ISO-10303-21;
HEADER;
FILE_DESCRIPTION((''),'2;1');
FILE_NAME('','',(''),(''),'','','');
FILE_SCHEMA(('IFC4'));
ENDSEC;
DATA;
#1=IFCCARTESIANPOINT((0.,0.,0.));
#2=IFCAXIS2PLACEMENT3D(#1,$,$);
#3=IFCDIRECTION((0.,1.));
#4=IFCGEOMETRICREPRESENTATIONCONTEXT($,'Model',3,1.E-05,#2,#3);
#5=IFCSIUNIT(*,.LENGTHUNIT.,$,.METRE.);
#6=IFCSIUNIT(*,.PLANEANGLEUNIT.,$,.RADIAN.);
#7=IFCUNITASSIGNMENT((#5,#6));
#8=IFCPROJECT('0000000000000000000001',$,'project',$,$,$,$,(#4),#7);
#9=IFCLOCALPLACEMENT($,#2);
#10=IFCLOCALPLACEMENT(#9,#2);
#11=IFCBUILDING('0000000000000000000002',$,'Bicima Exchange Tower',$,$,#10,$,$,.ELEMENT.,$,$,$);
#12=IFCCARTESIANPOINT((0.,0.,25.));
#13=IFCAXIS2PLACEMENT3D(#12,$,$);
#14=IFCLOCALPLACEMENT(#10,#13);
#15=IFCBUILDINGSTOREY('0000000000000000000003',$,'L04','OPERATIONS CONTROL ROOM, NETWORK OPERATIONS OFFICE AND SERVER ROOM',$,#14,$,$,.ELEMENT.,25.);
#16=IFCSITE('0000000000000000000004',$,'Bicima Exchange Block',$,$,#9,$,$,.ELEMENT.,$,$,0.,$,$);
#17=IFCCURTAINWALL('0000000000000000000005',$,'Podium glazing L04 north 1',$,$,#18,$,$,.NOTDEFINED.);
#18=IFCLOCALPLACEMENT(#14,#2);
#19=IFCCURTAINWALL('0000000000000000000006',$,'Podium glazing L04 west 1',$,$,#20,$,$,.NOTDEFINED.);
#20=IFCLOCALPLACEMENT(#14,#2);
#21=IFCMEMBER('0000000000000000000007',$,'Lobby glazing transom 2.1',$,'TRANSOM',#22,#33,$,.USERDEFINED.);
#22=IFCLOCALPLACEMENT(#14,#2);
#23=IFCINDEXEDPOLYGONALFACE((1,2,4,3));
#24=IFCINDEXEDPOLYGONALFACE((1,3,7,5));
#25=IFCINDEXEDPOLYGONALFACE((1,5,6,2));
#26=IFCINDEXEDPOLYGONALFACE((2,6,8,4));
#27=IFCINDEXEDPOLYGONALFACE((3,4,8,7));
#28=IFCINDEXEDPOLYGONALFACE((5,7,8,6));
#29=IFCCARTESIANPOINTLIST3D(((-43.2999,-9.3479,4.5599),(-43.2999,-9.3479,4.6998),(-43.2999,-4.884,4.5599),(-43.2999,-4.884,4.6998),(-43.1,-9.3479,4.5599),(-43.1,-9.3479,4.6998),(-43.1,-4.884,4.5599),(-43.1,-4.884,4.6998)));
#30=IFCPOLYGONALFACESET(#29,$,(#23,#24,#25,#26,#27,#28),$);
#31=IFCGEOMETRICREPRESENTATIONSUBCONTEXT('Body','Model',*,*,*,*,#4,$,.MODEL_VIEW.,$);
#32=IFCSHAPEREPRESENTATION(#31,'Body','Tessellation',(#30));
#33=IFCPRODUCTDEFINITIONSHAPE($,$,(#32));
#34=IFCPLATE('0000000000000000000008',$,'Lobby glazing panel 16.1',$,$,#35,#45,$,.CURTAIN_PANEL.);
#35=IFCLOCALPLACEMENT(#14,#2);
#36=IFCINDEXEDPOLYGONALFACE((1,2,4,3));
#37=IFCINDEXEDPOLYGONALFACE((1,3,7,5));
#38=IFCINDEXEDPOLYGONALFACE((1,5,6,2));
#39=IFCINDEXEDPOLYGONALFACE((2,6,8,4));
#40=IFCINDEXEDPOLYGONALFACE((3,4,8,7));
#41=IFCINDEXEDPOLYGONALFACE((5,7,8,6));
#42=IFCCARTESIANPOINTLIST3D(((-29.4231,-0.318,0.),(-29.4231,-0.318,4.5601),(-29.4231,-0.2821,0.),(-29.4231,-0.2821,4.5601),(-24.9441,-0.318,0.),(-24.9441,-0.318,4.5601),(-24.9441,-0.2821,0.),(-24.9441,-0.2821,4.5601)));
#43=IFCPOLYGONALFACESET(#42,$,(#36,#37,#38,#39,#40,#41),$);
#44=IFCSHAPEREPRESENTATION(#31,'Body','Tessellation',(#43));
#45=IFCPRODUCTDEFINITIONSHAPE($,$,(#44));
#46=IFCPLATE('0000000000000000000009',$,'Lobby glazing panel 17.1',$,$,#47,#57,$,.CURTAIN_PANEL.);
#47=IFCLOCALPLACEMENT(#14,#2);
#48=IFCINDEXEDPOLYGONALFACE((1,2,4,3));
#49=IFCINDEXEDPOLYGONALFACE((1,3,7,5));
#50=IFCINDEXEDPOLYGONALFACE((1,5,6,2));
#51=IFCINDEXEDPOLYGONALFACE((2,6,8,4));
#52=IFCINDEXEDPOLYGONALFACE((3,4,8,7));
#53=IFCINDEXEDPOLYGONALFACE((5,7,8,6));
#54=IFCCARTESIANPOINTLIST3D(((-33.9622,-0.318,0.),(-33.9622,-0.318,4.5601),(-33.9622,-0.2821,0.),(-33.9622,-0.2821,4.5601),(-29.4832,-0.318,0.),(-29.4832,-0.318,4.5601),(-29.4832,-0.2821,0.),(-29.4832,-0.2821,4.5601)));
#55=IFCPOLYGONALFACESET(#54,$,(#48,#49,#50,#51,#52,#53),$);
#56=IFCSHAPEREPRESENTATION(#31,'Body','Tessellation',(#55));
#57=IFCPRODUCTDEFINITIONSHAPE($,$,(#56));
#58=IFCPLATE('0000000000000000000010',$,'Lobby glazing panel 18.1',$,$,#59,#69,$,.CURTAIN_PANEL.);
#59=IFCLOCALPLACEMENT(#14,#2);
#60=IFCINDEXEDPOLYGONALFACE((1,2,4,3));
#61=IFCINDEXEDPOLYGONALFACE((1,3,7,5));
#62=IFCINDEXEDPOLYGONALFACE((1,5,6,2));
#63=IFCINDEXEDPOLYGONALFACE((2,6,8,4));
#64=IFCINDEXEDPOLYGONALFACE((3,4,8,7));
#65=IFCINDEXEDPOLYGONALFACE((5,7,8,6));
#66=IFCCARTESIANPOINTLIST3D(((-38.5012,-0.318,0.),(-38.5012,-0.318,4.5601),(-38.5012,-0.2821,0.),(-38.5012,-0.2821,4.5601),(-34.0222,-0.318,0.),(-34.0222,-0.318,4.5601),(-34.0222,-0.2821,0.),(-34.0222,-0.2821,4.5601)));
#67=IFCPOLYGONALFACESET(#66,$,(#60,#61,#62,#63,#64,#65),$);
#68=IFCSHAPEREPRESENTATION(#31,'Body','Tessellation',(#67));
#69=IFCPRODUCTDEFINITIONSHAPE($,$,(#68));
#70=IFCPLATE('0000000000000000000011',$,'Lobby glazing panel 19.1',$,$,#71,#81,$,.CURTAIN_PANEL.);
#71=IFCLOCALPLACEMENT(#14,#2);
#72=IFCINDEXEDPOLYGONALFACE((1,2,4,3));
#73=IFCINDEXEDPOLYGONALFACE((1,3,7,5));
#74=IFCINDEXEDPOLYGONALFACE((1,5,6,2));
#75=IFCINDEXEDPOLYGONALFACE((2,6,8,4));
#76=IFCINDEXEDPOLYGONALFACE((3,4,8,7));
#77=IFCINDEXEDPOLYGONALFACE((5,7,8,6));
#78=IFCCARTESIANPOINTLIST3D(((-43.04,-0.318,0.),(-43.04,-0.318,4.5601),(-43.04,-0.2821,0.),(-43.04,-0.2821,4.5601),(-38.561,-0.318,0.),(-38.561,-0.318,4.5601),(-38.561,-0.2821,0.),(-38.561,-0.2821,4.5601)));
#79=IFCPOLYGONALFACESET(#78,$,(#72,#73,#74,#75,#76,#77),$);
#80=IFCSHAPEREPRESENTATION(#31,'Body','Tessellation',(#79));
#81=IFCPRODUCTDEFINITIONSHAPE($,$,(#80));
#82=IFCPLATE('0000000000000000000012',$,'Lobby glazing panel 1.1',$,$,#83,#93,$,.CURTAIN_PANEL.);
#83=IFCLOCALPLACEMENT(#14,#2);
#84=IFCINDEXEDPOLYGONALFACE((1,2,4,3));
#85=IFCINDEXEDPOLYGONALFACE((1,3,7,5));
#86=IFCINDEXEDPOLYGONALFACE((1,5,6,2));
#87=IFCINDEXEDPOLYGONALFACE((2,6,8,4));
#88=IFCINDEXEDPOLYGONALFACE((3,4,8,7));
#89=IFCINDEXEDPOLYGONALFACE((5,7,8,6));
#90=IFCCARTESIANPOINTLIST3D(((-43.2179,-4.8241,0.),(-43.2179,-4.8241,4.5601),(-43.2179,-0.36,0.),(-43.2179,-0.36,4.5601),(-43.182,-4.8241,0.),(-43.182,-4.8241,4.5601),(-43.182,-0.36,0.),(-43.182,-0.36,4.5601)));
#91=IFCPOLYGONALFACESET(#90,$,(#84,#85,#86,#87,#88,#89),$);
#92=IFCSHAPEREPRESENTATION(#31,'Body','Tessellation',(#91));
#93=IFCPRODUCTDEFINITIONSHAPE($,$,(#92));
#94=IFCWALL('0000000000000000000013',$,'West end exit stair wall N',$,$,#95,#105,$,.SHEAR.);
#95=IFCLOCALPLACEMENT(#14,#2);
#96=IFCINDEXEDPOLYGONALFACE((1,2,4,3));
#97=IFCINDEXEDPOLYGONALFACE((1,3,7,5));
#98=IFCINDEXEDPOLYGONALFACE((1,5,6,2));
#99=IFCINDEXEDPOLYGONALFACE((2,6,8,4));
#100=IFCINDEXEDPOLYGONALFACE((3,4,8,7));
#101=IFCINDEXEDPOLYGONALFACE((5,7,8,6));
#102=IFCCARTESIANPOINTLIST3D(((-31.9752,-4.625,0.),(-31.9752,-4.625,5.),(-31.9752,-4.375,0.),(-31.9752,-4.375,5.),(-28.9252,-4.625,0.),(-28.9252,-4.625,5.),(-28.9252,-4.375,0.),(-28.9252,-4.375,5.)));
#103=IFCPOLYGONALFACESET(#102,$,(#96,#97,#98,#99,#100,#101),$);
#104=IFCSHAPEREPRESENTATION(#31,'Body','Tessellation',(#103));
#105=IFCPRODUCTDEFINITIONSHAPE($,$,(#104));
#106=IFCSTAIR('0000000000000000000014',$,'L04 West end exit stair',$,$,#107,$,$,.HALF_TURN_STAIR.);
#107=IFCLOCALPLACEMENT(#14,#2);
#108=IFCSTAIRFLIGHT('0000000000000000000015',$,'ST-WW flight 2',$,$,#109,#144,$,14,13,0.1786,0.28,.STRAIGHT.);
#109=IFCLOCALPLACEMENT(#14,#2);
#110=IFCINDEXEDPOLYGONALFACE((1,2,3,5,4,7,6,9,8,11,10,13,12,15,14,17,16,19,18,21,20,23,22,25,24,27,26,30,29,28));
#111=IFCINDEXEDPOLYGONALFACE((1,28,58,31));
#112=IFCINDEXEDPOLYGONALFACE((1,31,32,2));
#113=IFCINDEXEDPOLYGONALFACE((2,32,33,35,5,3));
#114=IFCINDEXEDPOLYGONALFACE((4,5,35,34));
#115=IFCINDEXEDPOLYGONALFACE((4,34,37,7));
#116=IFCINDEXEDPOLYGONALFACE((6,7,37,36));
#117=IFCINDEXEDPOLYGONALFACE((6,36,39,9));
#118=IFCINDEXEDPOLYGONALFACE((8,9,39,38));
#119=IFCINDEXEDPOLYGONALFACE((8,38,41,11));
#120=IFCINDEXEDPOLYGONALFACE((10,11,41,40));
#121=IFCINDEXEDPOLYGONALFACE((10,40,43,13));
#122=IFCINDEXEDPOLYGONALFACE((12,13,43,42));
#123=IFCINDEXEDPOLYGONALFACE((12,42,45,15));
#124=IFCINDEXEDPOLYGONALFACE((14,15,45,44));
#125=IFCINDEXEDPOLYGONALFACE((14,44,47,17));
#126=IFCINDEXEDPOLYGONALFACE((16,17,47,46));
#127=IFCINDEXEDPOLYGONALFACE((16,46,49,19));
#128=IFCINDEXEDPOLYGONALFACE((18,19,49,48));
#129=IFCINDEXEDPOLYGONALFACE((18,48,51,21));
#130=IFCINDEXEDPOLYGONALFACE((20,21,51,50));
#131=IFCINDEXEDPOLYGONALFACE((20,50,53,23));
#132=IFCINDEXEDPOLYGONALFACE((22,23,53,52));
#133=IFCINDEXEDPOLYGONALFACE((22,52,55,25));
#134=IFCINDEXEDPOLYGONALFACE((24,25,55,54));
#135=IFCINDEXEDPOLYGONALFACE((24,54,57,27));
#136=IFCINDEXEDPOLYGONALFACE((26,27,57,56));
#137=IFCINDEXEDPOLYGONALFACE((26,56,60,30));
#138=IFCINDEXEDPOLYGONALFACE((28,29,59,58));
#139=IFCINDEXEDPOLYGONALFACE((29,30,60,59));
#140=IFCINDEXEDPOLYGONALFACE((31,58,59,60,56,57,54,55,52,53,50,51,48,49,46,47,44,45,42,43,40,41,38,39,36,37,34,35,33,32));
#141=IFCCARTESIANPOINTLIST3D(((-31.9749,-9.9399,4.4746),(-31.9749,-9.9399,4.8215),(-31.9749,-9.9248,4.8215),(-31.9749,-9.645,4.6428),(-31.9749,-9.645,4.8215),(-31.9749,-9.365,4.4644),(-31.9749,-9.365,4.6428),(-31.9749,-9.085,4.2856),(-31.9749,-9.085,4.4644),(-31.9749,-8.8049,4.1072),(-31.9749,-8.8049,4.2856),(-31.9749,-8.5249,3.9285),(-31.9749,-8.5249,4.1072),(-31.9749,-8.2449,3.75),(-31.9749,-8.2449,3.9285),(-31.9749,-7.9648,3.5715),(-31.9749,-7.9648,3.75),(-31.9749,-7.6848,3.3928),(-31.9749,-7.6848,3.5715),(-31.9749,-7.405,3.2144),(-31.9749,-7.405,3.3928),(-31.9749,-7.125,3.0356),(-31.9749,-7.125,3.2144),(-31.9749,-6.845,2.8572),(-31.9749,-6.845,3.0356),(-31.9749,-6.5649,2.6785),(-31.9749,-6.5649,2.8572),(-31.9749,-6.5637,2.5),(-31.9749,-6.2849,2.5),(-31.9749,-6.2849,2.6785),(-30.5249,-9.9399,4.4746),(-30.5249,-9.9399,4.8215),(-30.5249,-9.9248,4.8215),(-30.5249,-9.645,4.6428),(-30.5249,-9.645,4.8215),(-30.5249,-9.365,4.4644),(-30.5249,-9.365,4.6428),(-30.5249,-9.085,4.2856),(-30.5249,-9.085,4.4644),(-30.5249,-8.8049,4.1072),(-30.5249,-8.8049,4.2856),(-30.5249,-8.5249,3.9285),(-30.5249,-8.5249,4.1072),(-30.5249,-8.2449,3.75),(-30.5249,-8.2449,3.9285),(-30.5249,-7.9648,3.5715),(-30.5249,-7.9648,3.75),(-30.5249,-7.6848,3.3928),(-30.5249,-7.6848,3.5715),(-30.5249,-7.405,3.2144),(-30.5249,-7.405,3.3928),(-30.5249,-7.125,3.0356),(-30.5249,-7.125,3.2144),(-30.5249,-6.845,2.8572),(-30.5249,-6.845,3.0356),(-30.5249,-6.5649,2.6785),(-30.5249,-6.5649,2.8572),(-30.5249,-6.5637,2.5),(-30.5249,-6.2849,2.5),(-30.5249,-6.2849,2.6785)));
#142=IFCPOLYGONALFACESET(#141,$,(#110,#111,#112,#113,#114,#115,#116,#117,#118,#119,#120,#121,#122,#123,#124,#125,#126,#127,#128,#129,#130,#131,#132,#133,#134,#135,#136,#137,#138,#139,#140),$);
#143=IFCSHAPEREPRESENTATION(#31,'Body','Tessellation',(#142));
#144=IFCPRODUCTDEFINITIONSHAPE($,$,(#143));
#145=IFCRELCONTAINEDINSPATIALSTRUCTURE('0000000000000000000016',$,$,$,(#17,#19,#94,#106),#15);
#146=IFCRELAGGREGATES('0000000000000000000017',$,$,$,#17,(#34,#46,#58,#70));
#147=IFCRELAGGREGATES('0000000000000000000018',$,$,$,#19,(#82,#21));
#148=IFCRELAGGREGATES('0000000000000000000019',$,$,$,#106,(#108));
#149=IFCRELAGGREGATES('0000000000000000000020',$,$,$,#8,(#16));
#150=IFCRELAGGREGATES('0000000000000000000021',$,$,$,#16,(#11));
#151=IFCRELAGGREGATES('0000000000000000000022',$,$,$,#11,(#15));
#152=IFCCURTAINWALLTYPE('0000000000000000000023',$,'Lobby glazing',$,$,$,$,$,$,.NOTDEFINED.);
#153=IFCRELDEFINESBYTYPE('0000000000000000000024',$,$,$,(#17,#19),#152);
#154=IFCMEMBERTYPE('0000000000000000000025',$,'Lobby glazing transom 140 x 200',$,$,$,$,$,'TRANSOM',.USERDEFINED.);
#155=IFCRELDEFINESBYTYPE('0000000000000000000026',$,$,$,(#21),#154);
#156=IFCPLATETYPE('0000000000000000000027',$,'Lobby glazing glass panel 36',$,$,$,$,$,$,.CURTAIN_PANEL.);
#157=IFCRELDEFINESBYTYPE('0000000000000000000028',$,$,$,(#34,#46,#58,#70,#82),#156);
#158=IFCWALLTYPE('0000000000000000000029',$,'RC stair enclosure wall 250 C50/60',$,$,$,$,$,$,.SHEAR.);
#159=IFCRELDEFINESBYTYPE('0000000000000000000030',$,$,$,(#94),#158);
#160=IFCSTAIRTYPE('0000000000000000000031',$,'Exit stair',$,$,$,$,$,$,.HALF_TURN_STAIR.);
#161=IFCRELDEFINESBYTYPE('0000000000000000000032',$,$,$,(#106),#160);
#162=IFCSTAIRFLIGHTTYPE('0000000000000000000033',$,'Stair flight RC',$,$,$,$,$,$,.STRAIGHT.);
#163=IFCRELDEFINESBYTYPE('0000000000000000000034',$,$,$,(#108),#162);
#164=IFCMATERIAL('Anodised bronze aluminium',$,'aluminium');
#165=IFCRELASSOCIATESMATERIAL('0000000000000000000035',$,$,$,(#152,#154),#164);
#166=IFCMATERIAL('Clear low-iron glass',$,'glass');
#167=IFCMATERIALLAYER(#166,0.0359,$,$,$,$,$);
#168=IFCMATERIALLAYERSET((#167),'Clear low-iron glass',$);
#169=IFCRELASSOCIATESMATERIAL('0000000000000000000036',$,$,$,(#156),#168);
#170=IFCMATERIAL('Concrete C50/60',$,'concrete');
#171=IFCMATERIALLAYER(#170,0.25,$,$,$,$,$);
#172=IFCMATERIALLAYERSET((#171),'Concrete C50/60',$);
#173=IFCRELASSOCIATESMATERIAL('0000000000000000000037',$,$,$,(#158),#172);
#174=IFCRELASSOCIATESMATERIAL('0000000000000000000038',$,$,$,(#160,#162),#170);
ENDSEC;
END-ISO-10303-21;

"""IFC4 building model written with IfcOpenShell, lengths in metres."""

from ifc_helpers import new_model, si_unit, direction, frame, frame_2d, origin, origin_2d, place, context, subcontext, project, spatial, polyline, rectangle, outline, extrude, material, layer, layer_set, material_profile, profile_set, type_object, element, aggregate, save


model = new_model("IFC4")

# Units and contexts
model_context = context("Model", 3, precision=1e-05, world=origin(), true_north=direction((0.0, 1.0)))
body_context = subcontext(model_context, "Body", "Model", "MODEL_VIEW")
ifc_project = project(units=[si_unit("LENGTHUNIT", "METRE"), si_unit("PLANEANGLEUNIT", "RADIAN")], contexts=[model_context])

# Site, building, storey
site_placement = place(None, origin())
site = spatial("IfcSite", under=ifc_project, at=site_placement, Name="Bicima Exchange Block", CompositionType="ELEMENT", RefElevation=0.0)
building_placement = place(site_placement, origin())
building = spatial("IfcBuilding", under=site, at=building_placement, Name="Bicima Exchange Tower", CompositionType="ELEMENT")
storey_placement = place(building_placement, frame((0.0, 0.0, 25.0)))
storey = spatial("IfcBuildingStorey", under=building, at=storey_placement, Name="L04", Description="OPERATIONS CONTROL ROOM, NETWORK OPERATIONS OFFICE AND SERVER ROOM", CompositionType="ELEMENT", Elevation=25.0)

# Curtain walls
ifc_material_1 = material(Name="Anodised bronze aluminium", Category="aluminium")
curtain_wall_type = type_object("IfcCurtainWallType", Name="Lobby glazing", PredefinedType="NOTDEFINED", material=ifc_material_1)
curtain_wall_1_placement = place(storey_placement, origin())
curtain_wall_1 = element("IfcCurtainWall", 1, at=curtain_wall_1_placement, inside=storey, type_object=curtain_wall_type, Name="Podium glazing L04 north 1", PredefinedType="NOTDEFINED")
curtain_wall_2_placement = place(storey_placement, origin())
curtain_wall_2 = element("IfcCurtainWall", 2, at=curtain_wall_2_placement, inside=storey, type_object=curtain_wall_type, Name="Podium glazing L04 west 1", PredefinedType="NOTDEFINED")

# Member
ifc_material_profile_1 = material_profile(ifc_material_1, rectangle(XDim=0.2, YDim=0.1399, at=origin_2d()))
ifc_profile_set_1 = profile_set([ifc_material_profile_1], Name="Anodised bronze aluminium")
member_type_1 = type_object("IfcMemberType", Name="Lobby glazing transom 140 x 200", ElementType="TRANSOM", PredefinedType="USERDEFINED", material=ifc_profile_set_1)
member_1_placement = place(storey_placement, frame((-43.2, -4.884, 4.6299), z_axis=(0.0, -1.0, 0.0), x_axis=(1.0, 0.0, 0.0)))
member_1 = element("IfcMember", 3, at=member_1_placement, type_object=member_type_1, Name="Lobby glazing transom 2.1", ObjectType="TRANSOM", PredefinedType="USERDEFINED", context=body_context, shape_type="SweptSolid", body=[
    extrude(rectangle(XDim=0.2, YDim=0.1399, at=origin_2d()), origin(), (0.0, 0.0, 1.0), 4.4639),
])

# Plates
ifc_material_2 = material(Name="Clear low-iron glass", Category="glass")
ifc_layer_1 = layer(ifc_material_2, 0.0359)
ifc_layer_set_1 = layer_set([ifc_layer_1], Name="Clear low-iron glass")
plate_type = type_object("IfcPlateType", Name="Lobby glazing glass panel 36", PredefinedType="CURTAIN_PANEL", material=ifc_layer_set_1)
plate_1_placement = place(storey_placement, frame((-27.1836, -0.3, 0.0), z_axis=(0.0, 0.0, 1.0), x_axis=(-1.0, 0.0, 0.0)))
plate_1 = element("IfcPlate", 4, at=plate_1_placement, type_object=plate_type, Name="Lobby glazing panel 16.1", PredefinedType="CURTAIN_PANEL", context=body_context, shape_type="SweptSolid", body=[
    extrude(rectangle(XDim=4.479, YDim=0.0359, at=origin_2d()), origin(), (0.0, 0.0, 1.0), 4.5601),
])
plate_2_placement = place(storey_placement, frame((-31.7227, -0.3, 0.0), z_axis=(0.0, 0.0, 1.0), x_axis=(-1.0, 0.0, 0.0)))
plate_2 = element("IfcPlate", 5, at=plate_2_placement, type_object=plate_type, Name="Lobby glazing panel 17.1", PredefinedType="CURTAIN_PANEL", context=body_context, shape_type="SweptSolid", body=[
    extrude(rectangle(XDim=4.479, YDim=0.0359, at=origin_2d()), origin(), (0.0, 0.0, 1.0), 4.5601),
])
plate_3_placement = place(storey_placement, frame((-36.2617, -0.3, 0.0), z_axis=(0.0, 0.0, 1.0), x_axis=(-1.0, 0.0, 0.0)))
plate_3 = element("IfcPlate", 6, at=plate_3_placement, type_object=plate_type, Name="Lobby glazing panel 18.1", PredefinedType="CURTAIN_PANEL", context=body_context, shape_type="SweptSolid", body=[
    extrude(rectangle(XDim=4.479, YDim=0.0359, at=origin_2d()), origin(), (0.0, 0.0, 1.0), 4.5601),
])
plate_4_placement = place(storey_placement, frame((-40.8005, -0.3, 0.0), z_axis=(0.0, 0.0, 1.0), x_axis=(-1.0, 0.0, 0.0)))
plate_4 = element("IfcPlate", 7, at=plate_4_placement, type_object=plate_type, Name="Lobby glazing panel 19.1", PredefinedType="CURTAIN_PANEL", context=body_context, shape_type="SweptSolid", body=[
    extrude(rectangle(XDim=4.479, YDim=0.0359, at=origin_2d()), origin(), (0.0, 0.0, 1.0), 4.5601),
])
aggregate(curtain_wall_1, [plate_1, plate_2, plate_3, plate_4])
plate_5_placement = place(storey_placement, frame((-43.2, -2.592, 0.0), z_axis=(0.0, 0.0, 1.0), x_axis=(0.0, -1.0, 0.0)))
plate_5 = element("IfcPlate", 8, at=plate_5_placement, type_object=plate_type, Name="Lobby glazing panel 1.1", PredefinedType="CURTAIN_PANEL", context=body_context, shape_type="SweptSolid", body=[
    extrude(rectangle(XDim=4.4641, YDim=0.0359, at=origin_2d()), origin(), (0.0, 0.0, 1.0), 4.5601),
])
aggregate(curtain_wall_2, [plate_5, member_1])

# Wall
ifc_material_3 = material(Name="Concrete C50/60", Category="concrete")
ifc_layer_2 = layer(ifc_material_3, 0.25)
ifc_layer_set_2 = layer_set([ifc_layer_2], Name="Concrete C50/60")
wall_type = type_object("IfcWallType", Name="RC stair enclosure wall 250 C50/60", PredefinedType="SHEAR", material=ifc_layer_set_2)
wall_placement = place(storey_placement, frame((-31.9751, -4.5, 0.0), z_axis=(0.0, 0.0, 1.0), x_axis=(1.0, 0.0, 0.0)))
element("IfcWall", 9, at=wall_placement, inside=storey, type_object=wall_type, Name="West end exit stair wall N", PredefinedType="SHEAR", context=body_context, shape_type="SweptSolid", body=[
    extrude(rectangle(XDim=3.05, YDim=0.25, at=frame_2d((1.5249, 0.0))), origin(), (0.0, 0.0, 1.0), 5.0),
])

# Stair, stair flight
stair_type = type_object("IfcStairType", Name="Exit stair", PredefinedType="HALF_TURN_STAIR", material=ifc_material_3)
stair_placement = place(storey_placement, origin())
stair = element("IfcStair", 10, at=stair_placement, inside=storey, type_object=stair_type, Name="L04 West end exit stair", PredefinedType="HALF_TURN_STAIR")
stair_flight_type = type_object("IfcStairFlightType", Name="Stair flight RC", PredefinedType="STRAIGHT", material=ifc_material_3)
stair_flight_placement = place(storey_placement, frame((-31.25, -6.2849, 2.5), z_axis=(0.0, 0.0, 1.0), x_axis=(0.0, -1.0, 0.0)))
stair_flight = element("IfcStairFlight", 11, at=stair_flight_placement, type_object=stair_flight_type, Name="ST-WW flight 2", NumberOfRisers=14, NumberOfTreads=13, PredefinedType="STRAIGHT", RiserHeight=0.1786, TreadLength=0.28, context=body_context, shape_type="SweptSolid", body=[
    extrude(outline(polyline([(0.0, 0.0), (0.0, 0.1785), (0.28, 0.1785), (0.28, 0.3572), (0.5601, 0.3572), (0.5601, 0.5356), (0.8401, 0.5356), (0.8401, 0.7144), (1.1201, 0.7144), (1.1201, 0.8928), (1.3999, 0.8928), (1.3999, 1.0715), (1.6799, 1.0715), (1.6799, 1.25), (1.96, 1.25), (1.96, 1.4285), (2.24, 1.4285), (2.24, 1.6072), (2.52, 1.6072), (2.52, 1.7856), (2.8, 1.7856), (2.8, 1.9644), (3.0801, 1.9644), (3.0801, 2.1428), (3.3601, 2.1428), (3.3601, 2.3215), (3.6399, 2.3215), (3.655, 2.3215), (3.655, 1.9746), (0.2788, 0.0), (0.0, 0.0)])), frame((0.0, 0.7251, 0.0), z_axis=(0.0, -1.0, 0.0), x_axis=(1.0, 0.0, 0.0)), (0.0, 0.0, 1.0), 1.45),
])
aggregate(stair, [stair_flight])

save(model, "model.ifc")
